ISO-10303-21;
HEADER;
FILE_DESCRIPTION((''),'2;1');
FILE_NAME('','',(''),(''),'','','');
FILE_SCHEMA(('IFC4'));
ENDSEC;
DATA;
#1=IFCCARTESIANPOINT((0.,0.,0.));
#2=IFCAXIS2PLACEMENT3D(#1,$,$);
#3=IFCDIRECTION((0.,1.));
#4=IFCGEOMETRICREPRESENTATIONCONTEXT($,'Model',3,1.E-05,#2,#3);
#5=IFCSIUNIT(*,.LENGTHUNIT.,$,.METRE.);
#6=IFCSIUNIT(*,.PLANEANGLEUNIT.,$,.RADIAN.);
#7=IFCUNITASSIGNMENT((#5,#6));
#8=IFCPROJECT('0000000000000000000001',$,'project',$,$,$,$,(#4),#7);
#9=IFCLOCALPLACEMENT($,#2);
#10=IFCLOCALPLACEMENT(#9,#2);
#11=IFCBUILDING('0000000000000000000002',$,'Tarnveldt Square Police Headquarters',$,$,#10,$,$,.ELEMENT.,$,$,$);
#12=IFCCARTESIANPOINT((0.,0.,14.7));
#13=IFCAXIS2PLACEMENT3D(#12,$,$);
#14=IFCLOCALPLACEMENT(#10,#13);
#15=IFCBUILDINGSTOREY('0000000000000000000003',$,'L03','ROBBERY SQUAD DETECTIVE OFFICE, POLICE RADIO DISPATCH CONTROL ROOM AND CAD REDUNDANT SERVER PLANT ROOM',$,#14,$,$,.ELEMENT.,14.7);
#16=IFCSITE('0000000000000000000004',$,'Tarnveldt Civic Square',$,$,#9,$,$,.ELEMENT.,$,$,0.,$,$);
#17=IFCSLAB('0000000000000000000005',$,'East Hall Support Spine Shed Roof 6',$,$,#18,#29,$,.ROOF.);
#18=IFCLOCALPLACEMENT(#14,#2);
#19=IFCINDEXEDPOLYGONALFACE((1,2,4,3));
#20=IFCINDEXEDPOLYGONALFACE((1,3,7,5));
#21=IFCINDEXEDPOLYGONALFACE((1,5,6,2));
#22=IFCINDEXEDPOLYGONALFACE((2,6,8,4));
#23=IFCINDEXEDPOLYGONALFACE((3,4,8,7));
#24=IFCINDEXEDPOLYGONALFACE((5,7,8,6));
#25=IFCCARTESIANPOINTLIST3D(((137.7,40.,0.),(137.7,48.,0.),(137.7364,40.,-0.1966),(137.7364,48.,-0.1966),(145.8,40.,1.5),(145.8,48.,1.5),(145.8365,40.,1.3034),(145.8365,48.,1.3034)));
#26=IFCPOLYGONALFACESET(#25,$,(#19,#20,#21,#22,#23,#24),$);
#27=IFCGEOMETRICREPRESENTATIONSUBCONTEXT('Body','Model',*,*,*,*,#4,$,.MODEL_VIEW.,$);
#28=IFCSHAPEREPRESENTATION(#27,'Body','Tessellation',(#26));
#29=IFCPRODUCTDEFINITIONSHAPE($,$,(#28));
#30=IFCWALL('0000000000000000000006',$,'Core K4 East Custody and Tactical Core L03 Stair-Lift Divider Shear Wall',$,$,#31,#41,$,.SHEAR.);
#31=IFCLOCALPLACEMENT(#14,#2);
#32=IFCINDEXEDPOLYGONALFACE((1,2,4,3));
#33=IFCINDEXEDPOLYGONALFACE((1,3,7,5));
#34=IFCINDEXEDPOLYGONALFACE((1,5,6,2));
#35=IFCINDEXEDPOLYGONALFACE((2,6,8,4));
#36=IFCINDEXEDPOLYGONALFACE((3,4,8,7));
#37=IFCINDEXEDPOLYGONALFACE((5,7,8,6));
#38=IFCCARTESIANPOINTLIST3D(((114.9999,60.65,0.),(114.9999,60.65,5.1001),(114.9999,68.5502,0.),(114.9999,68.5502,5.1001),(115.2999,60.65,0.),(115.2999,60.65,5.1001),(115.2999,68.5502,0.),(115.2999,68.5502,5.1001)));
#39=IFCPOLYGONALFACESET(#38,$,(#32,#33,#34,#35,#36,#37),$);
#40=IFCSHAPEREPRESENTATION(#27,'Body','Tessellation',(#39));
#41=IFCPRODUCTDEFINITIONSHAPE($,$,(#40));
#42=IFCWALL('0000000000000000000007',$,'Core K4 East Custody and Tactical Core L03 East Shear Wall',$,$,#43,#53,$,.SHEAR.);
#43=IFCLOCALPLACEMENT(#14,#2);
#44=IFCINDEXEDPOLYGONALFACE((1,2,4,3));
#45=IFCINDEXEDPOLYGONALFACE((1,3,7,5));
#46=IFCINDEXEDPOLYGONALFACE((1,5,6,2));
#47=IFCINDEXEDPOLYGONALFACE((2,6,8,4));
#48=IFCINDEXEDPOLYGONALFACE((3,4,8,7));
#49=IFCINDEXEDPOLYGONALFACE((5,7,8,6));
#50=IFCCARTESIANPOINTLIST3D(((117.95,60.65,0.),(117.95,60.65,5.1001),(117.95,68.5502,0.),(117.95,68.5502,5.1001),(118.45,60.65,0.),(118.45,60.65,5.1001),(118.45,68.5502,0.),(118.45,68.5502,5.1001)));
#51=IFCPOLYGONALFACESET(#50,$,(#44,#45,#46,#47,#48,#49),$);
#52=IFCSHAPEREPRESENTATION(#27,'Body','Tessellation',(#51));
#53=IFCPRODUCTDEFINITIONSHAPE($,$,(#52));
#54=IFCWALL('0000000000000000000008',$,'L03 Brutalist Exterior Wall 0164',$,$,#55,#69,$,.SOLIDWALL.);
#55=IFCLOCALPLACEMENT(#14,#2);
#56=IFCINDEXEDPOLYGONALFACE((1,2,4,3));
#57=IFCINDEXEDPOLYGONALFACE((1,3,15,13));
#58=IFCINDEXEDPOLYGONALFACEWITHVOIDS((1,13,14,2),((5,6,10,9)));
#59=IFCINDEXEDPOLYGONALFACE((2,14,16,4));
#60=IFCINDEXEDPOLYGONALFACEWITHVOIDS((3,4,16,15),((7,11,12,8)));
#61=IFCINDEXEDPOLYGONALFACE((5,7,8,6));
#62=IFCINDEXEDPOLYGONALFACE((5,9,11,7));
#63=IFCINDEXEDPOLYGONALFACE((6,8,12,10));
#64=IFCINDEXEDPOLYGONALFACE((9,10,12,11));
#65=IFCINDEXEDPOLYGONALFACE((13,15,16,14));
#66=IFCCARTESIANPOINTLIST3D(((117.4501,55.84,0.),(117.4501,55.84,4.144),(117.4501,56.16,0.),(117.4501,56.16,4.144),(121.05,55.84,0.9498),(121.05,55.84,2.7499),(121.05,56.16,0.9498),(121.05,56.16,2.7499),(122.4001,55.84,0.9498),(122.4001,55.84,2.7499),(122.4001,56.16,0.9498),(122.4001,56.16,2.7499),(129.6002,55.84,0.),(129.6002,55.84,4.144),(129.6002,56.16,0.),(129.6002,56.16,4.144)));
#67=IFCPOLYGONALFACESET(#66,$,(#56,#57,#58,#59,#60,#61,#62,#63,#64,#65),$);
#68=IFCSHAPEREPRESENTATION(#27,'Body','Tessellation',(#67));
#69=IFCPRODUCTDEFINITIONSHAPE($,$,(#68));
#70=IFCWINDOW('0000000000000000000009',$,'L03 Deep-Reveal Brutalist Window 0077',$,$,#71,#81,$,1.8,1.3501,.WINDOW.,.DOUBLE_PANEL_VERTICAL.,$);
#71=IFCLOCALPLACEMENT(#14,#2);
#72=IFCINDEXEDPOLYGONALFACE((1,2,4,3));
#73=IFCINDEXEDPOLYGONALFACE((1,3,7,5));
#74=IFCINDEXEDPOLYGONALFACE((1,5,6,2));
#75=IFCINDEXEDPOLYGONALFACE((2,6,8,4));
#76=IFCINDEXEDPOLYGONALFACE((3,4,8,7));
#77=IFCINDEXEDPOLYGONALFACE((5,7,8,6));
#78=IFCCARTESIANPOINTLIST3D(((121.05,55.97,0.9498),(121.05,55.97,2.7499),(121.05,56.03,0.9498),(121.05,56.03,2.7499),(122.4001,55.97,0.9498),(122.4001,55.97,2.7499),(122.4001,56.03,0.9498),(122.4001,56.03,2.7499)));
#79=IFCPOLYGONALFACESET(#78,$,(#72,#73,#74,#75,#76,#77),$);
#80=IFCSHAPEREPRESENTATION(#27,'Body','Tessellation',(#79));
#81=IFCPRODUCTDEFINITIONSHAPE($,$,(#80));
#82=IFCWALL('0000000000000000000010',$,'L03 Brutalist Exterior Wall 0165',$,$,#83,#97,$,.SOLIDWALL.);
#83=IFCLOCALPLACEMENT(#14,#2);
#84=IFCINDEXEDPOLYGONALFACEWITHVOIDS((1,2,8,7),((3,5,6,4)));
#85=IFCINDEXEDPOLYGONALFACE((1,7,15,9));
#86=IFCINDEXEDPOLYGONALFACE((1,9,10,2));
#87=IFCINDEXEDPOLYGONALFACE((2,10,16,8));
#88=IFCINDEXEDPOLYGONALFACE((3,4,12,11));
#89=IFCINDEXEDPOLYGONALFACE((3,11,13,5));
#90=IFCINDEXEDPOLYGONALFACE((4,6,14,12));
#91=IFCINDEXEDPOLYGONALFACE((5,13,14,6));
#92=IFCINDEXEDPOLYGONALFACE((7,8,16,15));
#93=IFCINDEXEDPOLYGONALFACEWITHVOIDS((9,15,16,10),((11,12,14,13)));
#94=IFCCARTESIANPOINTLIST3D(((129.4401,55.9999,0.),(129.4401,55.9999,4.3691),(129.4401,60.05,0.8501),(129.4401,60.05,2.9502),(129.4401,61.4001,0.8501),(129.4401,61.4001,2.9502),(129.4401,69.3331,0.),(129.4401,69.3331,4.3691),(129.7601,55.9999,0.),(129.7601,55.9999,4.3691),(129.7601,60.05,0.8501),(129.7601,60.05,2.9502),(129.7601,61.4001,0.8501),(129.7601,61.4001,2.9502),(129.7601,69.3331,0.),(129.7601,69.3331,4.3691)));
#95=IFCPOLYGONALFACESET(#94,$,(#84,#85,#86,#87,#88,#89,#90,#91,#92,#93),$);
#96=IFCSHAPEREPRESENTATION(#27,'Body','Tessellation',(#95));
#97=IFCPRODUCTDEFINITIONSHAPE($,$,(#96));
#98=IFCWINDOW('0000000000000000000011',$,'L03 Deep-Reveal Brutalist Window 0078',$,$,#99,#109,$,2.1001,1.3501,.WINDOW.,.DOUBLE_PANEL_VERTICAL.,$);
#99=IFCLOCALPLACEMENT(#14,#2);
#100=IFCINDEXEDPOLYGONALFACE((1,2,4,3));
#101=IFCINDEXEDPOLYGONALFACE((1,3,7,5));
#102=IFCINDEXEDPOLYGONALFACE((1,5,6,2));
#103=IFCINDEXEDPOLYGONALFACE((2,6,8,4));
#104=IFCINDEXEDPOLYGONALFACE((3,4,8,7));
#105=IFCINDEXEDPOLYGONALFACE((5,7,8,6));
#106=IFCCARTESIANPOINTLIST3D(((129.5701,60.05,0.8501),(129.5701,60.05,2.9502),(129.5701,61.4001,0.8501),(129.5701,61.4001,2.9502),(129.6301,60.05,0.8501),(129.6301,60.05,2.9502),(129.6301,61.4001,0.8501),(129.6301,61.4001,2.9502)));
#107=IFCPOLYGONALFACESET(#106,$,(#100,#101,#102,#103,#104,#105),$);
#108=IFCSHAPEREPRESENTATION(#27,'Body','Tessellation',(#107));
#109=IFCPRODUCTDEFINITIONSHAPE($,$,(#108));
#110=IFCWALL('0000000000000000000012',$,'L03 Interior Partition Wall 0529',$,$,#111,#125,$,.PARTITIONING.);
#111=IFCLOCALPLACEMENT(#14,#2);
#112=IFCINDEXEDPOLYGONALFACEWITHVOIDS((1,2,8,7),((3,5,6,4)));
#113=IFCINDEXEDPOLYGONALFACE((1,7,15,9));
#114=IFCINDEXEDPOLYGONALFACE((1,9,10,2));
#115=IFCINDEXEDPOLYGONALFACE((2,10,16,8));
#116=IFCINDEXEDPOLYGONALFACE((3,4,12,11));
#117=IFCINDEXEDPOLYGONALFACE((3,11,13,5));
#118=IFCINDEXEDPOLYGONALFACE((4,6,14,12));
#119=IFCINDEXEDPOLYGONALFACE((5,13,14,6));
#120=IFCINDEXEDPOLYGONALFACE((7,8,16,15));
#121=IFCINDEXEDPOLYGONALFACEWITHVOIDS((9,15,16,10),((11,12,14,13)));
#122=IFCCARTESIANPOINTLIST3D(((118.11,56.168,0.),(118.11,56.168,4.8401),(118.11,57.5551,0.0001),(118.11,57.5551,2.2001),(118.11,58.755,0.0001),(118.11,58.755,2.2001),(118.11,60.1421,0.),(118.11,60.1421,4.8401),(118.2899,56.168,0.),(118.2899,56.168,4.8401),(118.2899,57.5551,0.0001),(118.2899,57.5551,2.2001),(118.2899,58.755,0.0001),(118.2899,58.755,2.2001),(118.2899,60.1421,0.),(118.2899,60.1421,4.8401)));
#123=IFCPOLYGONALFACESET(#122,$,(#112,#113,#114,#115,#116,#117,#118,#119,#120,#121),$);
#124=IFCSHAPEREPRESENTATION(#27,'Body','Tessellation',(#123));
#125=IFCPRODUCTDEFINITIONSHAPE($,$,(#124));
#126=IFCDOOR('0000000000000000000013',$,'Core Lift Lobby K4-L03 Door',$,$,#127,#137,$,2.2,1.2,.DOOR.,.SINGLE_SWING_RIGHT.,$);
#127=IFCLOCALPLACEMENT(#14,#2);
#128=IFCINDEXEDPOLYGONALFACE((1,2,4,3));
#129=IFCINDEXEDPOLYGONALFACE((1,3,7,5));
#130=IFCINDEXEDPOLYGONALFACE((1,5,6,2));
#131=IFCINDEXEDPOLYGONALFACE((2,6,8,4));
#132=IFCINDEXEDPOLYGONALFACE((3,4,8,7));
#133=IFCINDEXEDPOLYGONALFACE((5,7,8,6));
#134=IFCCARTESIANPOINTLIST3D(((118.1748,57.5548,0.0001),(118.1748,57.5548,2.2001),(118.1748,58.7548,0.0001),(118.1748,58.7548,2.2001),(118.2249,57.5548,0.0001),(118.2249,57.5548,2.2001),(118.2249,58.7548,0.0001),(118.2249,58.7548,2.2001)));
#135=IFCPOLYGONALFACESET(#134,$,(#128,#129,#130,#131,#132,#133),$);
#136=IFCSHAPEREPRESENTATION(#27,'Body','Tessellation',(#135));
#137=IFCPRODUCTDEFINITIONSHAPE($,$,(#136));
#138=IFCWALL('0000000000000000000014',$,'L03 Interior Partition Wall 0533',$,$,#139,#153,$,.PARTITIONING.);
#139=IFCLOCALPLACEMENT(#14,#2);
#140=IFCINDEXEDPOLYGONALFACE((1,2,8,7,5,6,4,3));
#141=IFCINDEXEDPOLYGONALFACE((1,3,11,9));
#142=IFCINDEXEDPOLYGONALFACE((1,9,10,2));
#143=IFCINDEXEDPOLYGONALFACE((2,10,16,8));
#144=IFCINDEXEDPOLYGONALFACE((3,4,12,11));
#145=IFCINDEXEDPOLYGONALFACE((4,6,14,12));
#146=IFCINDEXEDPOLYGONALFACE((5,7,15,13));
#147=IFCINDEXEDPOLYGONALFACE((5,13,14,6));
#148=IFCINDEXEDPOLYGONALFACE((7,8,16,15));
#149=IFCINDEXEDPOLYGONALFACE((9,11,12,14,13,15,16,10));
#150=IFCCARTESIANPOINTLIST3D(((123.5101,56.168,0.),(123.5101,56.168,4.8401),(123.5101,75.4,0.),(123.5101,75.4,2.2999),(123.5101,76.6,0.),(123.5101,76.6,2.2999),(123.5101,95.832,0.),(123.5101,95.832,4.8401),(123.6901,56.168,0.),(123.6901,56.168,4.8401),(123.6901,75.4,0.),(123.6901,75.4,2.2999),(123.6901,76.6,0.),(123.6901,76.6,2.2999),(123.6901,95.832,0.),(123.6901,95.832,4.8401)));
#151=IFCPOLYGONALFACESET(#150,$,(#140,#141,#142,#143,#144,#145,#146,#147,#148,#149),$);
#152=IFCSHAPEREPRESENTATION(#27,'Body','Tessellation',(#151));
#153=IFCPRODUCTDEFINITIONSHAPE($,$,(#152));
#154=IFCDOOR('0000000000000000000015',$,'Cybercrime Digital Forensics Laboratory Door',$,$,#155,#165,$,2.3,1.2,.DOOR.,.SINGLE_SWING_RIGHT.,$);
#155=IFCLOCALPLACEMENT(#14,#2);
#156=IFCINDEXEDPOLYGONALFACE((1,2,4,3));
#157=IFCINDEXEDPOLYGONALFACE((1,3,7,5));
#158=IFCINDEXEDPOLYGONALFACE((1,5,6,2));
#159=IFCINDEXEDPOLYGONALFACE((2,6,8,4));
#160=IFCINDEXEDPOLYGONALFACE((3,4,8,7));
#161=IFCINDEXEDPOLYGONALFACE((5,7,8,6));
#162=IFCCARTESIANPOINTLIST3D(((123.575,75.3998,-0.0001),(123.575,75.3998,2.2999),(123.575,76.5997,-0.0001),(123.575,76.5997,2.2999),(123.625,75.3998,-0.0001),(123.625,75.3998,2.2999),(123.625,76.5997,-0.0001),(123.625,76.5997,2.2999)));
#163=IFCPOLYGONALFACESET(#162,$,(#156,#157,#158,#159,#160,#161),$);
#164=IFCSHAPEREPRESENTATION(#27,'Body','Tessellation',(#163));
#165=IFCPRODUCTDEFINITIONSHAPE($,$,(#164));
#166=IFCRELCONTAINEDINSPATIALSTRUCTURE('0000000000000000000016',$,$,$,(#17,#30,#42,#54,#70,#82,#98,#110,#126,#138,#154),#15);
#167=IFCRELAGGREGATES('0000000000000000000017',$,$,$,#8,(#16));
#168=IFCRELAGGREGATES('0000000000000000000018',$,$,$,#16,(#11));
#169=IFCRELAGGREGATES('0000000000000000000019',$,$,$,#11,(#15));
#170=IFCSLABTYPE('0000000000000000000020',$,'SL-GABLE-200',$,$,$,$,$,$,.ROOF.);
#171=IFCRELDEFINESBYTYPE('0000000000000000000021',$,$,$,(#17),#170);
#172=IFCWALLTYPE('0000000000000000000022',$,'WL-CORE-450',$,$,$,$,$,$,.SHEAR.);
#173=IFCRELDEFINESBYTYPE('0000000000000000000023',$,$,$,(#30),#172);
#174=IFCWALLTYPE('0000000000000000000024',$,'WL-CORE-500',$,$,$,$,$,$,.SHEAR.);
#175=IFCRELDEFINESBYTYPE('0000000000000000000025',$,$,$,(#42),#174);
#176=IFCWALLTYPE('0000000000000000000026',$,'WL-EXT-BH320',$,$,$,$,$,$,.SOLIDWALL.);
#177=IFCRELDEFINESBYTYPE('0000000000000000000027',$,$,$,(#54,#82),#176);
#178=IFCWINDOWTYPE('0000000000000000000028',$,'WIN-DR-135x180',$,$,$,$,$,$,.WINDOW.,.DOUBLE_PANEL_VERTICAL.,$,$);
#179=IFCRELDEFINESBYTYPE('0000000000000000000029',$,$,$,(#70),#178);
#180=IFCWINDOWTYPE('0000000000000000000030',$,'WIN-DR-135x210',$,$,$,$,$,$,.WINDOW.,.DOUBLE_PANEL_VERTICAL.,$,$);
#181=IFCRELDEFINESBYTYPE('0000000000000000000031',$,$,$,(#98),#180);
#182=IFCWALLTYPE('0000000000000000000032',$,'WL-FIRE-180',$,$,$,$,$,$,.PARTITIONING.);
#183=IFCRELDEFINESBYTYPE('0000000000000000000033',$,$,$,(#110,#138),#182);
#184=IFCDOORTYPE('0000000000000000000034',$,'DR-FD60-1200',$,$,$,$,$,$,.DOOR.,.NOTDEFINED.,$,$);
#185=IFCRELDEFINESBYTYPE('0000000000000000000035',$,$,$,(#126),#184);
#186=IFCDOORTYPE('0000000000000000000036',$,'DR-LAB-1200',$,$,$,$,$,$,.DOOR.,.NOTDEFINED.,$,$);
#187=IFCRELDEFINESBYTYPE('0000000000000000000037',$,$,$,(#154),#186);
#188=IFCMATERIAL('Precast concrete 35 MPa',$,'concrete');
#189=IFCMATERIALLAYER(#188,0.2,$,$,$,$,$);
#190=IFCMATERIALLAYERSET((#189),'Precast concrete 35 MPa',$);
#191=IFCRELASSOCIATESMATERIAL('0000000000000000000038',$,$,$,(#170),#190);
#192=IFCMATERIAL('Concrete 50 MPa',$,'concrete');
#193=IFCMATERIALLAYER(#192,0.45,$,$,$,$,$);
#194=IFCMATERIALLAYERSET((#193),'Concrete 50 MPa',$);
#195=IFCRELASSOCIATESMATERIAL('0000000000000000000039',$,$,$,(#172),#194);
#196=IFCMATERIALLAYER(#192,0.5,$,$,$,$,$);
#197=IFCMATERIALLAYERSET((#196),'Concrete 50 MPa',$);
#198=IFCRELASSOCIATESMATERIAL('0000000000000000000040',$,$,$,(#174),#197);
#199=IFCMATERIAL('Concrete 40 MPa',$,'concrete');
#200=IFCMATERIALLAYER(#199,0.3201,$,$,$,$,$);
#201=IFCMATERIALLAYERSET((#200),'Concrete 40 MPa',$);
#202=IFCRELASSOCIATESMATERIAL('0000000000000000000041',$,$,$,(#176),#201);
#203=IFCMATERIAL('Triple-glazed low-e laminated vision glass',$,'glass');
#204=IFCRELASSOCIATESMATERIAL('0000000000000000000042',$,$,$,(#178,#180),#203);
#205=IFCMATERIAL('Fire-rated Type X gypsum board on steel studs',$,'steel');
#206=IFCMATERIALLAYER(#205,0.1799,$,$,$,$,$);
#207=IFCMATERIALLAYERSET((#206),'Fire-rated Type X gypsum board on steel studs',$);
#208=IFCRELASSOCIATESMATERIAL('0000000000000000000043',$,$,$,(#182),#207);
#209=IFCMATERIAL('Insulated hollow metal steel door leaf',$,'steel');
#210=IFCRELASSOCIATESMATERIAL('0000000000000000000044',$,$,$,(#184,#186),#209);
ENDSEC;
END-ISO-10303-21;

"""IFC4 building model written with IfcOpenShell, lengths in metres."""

from ifc_helpers import new_model, si_unit, direction, frame, frame_2d, origin, place, context, subcontext, project, spatial, polyline, rectangle, outline, extrude, material, layer, layer_set, type_object, element, fill, save


model = new_model("IFC4")

# Units and contexts
model_context = context("Model", 3, precision=1e-05, world=origin(), true_north=direction((0.0, 1.0)))
body_context = subcontext(model_context, "Body", "Model", "MODEL_VIEW")
ifc_project = project(units=[si_unit("LENGTHUNIT", "METRE"), si_unit("PLANEANGLEUNIT", "RADIAN")], contexts=[model_context])

# Site, building, storey
site_placement = place(None, origin())
site = spatial("IfcSite", under=ifc_project, at=site_placement, Name="Tarnveldt Civic Square", CompositionType="ELEMENT", RefElevation=0.0)
building_placement = place(site_placement, origin())
building = spatial("IfcBuilding", under=site, at=building_placement, Name="Tarnveldt Square Police Headquarters", CompositionType="ELEMENT")
storey_placement = place(building_placement, frame((0.0, 0.0, 14.7)))
storey = spatial("IfcBuildingStorey", under=building, at=storey_placement, Name="L03", Description="ROBBERY SQUAD DETECTIVE OFFICE, POLICE RADIO DISPATCH CONTROL ROOM AND CAD REDUNDANT SERVER PLANT ROOM", CompositionType="ELEMENT", Elevation=14.7)

# Shared definitions
ifc_material_1 = material(Name="Concrete 40 MPa", Category="concrete")

# Slab
ifc_material_2 = material(Name="Precast concrete 35 MPa", Category="concrete")
ifc_layer_1 = layer(ifc_material_2, 0.2)
ifc_layer_set_1 = layer_set([ifc_layer_1], Name="Precast concrete 35 MPa")
slab_type = type_object("IfcSlabType", Name="SL-GABLE-200", PredefinedType="ROOF", material=ifc_layer_set_1)
slab_placement = place(storey_placement, frame((137.7, 40.0, 0.0), z_axis=(-0.182087, 0.0, 0.983282), x_axis=(0.0, 1.0, 0.0)))
element("IfcSlab", 1, at=slab_placement, inside=storey, type_object=slab_type, Name="East Hall Support Spine Shed Roof 6", PredefinedType="ROOF", context=body_context, shape_type="SweptSolid", body=[
    extrude(outline(polyline([(0.0, 0.0), (8.0, 0.0), (8.0, -8.2378), (0.0, -8.2378), (0.0, 0.0)])), origin(), (0.0, 0.0, -1.0), 0.2),
])

# Walls
ifc_material_3 = material(Name="Concrete 50 MPa", Category="concrete")
ifc_layer_2 = layer(ifc_material_3, 0.45)
ifc_layer_set_2 = layer_set([ifc_layer_2], Name="Concrete 50 MPa")
wall_type_1 = type_object("IfcWallType", Name="WL-CORE-450", PredefinedType="SHEAR", material=ifc_layer_set_2)
wall_1_placement = place(storey_placement, frame((115.1499, 60.6499, 0.0), z_axis=(0.0, 0.0, 1.0), x_axis=(0.0, 1.0, 0.0)))
element("IfcWall", 2, at=wall_1_placement, inside=storey, type_object=wall_type_1, Name="Core K4 East Custody and Tactical Core L03 Stair-Lift Divider Shear Wall", PredefinedType="SHEAR", context=body_context, shape_type="SweptSolid", body=[
    extrude(rectangle(XDim=7.9001, YDim=0.3, at=frame_2d((3.9502, 0.0))), origin(), (0.0, 0.0, 1.0), 5.1001),
])
ifc_layer_3 = layer(ifc_material_3, 0.5)
ifc_layer_set_3 = layer_set([ifc_layer_3], Name="Concrete 50 MPa")
wall_type_2 = type_object("IfcWallType", Name="WL-CORE-500", PredefinedType="SHEAR", material=ifc_layer_set_3)
wall_2_placement = place(storey_placement, frame((118.2, 60.6499, 0.0), z_axis=(0.0, 0.0, 1.0), x_axis=(0.0, 1.0, 0.0)))
element("IfcWall", 3, at=wall_2_placement, inside=storey, type_object=wall_type_2, Name="Core K4 East Custody and Tactical Core L03 East Shear Wall", PredefinedType="SHEAR", context=body_context, shape_type="SweptSolid", body=[
    extrude(rectangle(XDim=7.9001, YDim=0.5, at=frame_2d((3.9502, 0.0))), origin(), (0.0, 0.0, 1.0), 5.1001),
])

# Walls, openings, windows
ifc_layer_4 = layer(ifc_material_1, 0.3201)
ifc_layer_set_4 = layer_set([ifc_layer_4], Name="Concrete 40 MPa")
wall_type_3 = type_object("IfcWallType", Name="WL-EXT-BH320", PredefinedType="SOLIDWALL", material=ifc_layer_set_4)
wall_3_placement = place(storey_placement, frame((117.45, 56.0, 0.0), z_axis=(0.0, 0.0, 1.0), x_axis=(1.0, 0.0, 0.0)))
wall_3 = element("IfcWall", 4, at=wall_3_placement, inside=storey, type_object=wall_type_3, Name="L03 Brutalist Exterior Wall 0164", PredefinedType="SOLIDWALL", context=body_context, shape_type="SweptSolid", body=[
    extrude(rectangle(XDim=12.1501, YDim=0.3201, at=frame_2d((6.0752, 0.0))), origin(), (0.0, 0.0, 1.0), 4.144),
])
opening_1_placement = place(wall_3_placement, frame((3.6001, 0.0, 0.95)))
opening_1 = element("IfcOpeningElement", 5, at=opening_1_placement, cuts=wall_3, PredefinedType="OPENING", context=body_context, shape_type="SweptSolid", body=[
    extrude(rectangle(XDim=1.3501, YDim=1.8, at=frame_2d((0.675, 0.8999))), frame((0.0, 0.1699, 0.0), z_axis=(0.0, -1.0, 0.0), x_axis=(1.0, 0.0, 0.0)), (0.0, 0.0, 1.0), 0.3401),
])
ifc_material_4 = material(Name="Triple-glazed low-e laminated vision glass", Category="glass")
window_type_1 = type_object("IfcWindowType", Name="WIN-DR-135x180", PartitioningType="DOUBLE_PANEL_VERTICAL", PredefinedType="WINDOW", material=ifc_material_4)
window_1_placement = place(opening_1_placement, origin())
window_1 = element("IfcWindow", 6, at=window_1_placement, inside=storey, type_object=window_type_1, Name="L03 Deep-Reveal Brutalist Window 0077", OverallHeight=1.8, OverallWidth=1.3501, PartitioningType="DOUBLE_PANEL_VERTICAL", PredefinedType="WINDOW", context=body_context, shape_type="SweptSolid", body=[
    extrude(rectangle(XDim=1.3501, YDim=1.8, at=frame_2d((0.675, 0.8999))), frame((0.0, 0.03, 0.0), z_axis=(0.0, -1.0, 0.0), x_axis=(1.0, 0.0, 0.0)), (0.0, 0.0, 1.0), 0.0601),
])
fill(opening_1, window_1)
wall_4_placement = place(storey_placement, frame((129.6001, 56.0, 0.0), z_axis=(0.0, 0.0, 1.0), x_axis=(0.0, 1.0, 0.0)))
wall_4 = element("IfcWall", 7, at=wall_4_placement, inside=storey, type_object=wall_type_3, Name="L03 Brutalist Exterior Wall 0165", PredefinedType="SOLIDWALL", context=body_context, shape_type="SweptSolid", body=[
    extrude(rectangle(XDim=13.3333, YDim=0.3201, at=frame_2d((6.6665, 0.0))), origin(), (0.0, 0.0, 1.0), 4.3691),
])
opening_2_placement = place(wall_4_placement, frame((4.05, 0.0, 0.8501)))
opening_2 = element("IfcOpeningElement", 8, at=opening_2_placement, cuts=wall_4, PredefinedType="OPENING", context=body_context, shape_type="SweptSolid", body=[
    extrude(rectangle(XDim=1.3501, YDim=2.1001, at=frame_2d((0.675, 1.05))), frame((0.0, 0.1699, 0.0), z_axis=(0.0, -1.0, 0.0), x_axis=(1.0, 0.0, 0.0)), (0.0, 0.0, 1.0), 0.3401),
])
window_type_2 = type_object("IfcWindowType", Name="WIN-DR-135x210", PartitioningType="DOUBLE_PANEL_VERTICAL", PredefinedType="WINDOW", material=ifc_material_4)
window_2_placement = place(opening_2_placement, origin())
window_2 = element("IfcWindow", 9, at=window_2_placement, inside=storey, type_object=window_type_2, Name="L03 Deep-Reveal Brutalist Window 0078", OverallHeight=2.1001, OverallWidth=1.3501, PartitioningType="DOUBLE_PANEL_VERTICAL", PredefinedType="WINDOW", context=body_context, shape_type="SweptSolid", body=[
    extrude(rectangle(XDim=1.3501, YDim=2.1001, at=frame_2d((0.675, 1.05))), frame((0.0, 0.03, 0.0), z_axis=(0.0, -1.0, 0.0), x_axis=(1.0, 0.0, 0.0)), (0.0, 0.0, 1.0), 0.0601),
])
fill(opening_2, window_2)

# Walls, openings, doors
ifc_material_5 = material(Name="Fire-rated Type X gypsum board on steel studs", Category="steel")
ifc_layer_5 = layer(ifc_material_5, 0.1799)
ifc_layer_set_5 = layer_set([ifc_layer_5], Name="Fire-rated Type X gypsum board on steel studs")
wall_type_4 = type_object("IfcWallType", Name="WL-FIRE-180", PredefinedType="PARTITIONING", material=ifc_layer_set_5)
wall_5_placement = place(storey_placement, frame((118.2, 56.168, 0.0), z_axis=(0.0, 0.0, 1.0), x_axis=(0.0, 1.0, 0.0)))
wall_5 = element("IfcWall", 10, at=wall_5_placement, inside=storey, type_object=wall_type_4, Name="L03 Interior Partition Wall 0529", PredefinedType="PARTITIONING", context=body_context, shape_type="SweptSolid", body=[
    extrude(rectangle(XDim=3.9741, YDim=0.1799, at=frame_2d((1.9871, 0.0))), origin(), (0.0, 0.0, 1.0), 4.8401),
])
opening_3_placement = place(wall_5_placement, frame((1.387, 0.0, 0.0)))
opening_3 = element("IfcOpeningElement", 11, at=opening_3_placement, cuts=wall_5, PredefinedType="OPENING", context=body_context, shape_type="SweptSolid", body=[
    extrude(rectangle(XDim=1.2, YDim=2.2, at=frame_2d((0.6001, 1.1001))), frame((0.0, 0.0999, 0.0), z_axis=(0.0, -1.0, 0.0), x_axis=(1.0, 0.0, 0.0)), (0.0, 0.0, 1.0), 0.2),
])
ifc_material_6 = material(Name="Insulated hollow metal steel door leaf", Category="steel")
door_type_1 = type_object("IfcDoorType", Name="DR-FD60-1200", OperationType="NOTDEFINED", PredefinedType="DOOR", material=ifc_material_6)
door_1_placement = place(opening_3_placement, frame((1.2, 0.0, 0.0), z_axis=(0.0, 0.0, 1.0), x_axis=(-1.0, 0.0, 0.0)))
door_1 = element("IfcDoor", 12, at=door_1_placement, inside=storey, type_object=door_type_1, Name="Core Lift Lobby K4-L03 Door", OperationType="SINGLE_SWING_RIGHT", OverallHeight=2.2, OverallWidth=1.2, PredefinedType="DOOR", context=body_context, shape_type="SweptSolid", body=[
    extrude(rectangle(XDim=1.2, YDim=2.2, at=frame_2d((0.6001, 1.1001))), frame((0.0, 0.0249, 0.0), z_axis=(0.0, -1.0, 0.0), x_axis=(1.0, 0.0, 0.0)), (0.0, 0.0, 1.0), 0.05),
])
fill(opening_3, door_1)
wall_6_placement = place(storey_placement, frame((123.6001, 56.168, 0.0), z_axis=(0.0, 0.0, 1.0), x_axis=(0.0, 1.0, 0.0)))
wall_6 = element("IfcWall", 13, at=wall_6_placement, inside=storey, type_object=wall_type_4, Name="L03 Interior Partition Wall 0533", PredefinedType="PARTITIONING", context=body_context, shape_type="SweptSolid", body=[
    extrude(rectangle(XDim=39.6641, YDim=0.1799, at=frame_2d((19.832, 0.0))), origin(), (0.0, 0.0, 1.0), 4.8401),
])
opening_4_placement = place(wall_6_placement, frame((19.2319, 0.0, 0.0)))
opening_4 = element("IfcOpeningElement", 14, at=opening_4_placement, cuts=wall_6, PredefinedType="OPENING", context=body_context, shape_type="SweptSolid", body=[
    extrude(rectangle(XDim=1.2, YDim=2.3, at=frame_2d((0.6001, 1.1499))), frame((0.0, 0.0999, 0.0), z_axis=(0.0, -1.0, 0.0), x_axis=(1.0, 0.0, 0.0)), (0.0, 0.0, 1.0), 0.2),
])
door_type_2 = type_object("IfcDoorType", Name="DR-LAB-1200", OperationType="NOTDEFINED", PredefinedType="DOOR", material=ifc_material_6)
door_2_placement = place(opening_4_placement, frame((1.2, 0.0, 0.0), z_axis=(0.0, 0.0, 1.0), x_axis=(-1.0, 0.0, 0.0)))
door_2 = element("IfcDoor", 15, at=door_2_placement, inside=storey, type_object=door_type_2, Name="Cybercrime Digital Forensics Laboratory Door", OperationType="SINGLE_SWING_RIGHT", OverallHeight=2.3, OverallWidth=1.2, PredefinedType="DOOR", context=body_context, shape_type="SweptSolid", body=[
    extrude(rectangle(XDim=1.2, YDim=2.3, at=frame_2d((0.6001, 1.1499))), frame((0.0, 0.0249, 0.0), z_axis=(0.0, -1.0, 0.0), x_axis=(1.0, 0.0, 0.0)), (0.0, 0.0, 1.0), 0.05),
])
fill(opening_4, door_2)

save(model, "model.ifc")
